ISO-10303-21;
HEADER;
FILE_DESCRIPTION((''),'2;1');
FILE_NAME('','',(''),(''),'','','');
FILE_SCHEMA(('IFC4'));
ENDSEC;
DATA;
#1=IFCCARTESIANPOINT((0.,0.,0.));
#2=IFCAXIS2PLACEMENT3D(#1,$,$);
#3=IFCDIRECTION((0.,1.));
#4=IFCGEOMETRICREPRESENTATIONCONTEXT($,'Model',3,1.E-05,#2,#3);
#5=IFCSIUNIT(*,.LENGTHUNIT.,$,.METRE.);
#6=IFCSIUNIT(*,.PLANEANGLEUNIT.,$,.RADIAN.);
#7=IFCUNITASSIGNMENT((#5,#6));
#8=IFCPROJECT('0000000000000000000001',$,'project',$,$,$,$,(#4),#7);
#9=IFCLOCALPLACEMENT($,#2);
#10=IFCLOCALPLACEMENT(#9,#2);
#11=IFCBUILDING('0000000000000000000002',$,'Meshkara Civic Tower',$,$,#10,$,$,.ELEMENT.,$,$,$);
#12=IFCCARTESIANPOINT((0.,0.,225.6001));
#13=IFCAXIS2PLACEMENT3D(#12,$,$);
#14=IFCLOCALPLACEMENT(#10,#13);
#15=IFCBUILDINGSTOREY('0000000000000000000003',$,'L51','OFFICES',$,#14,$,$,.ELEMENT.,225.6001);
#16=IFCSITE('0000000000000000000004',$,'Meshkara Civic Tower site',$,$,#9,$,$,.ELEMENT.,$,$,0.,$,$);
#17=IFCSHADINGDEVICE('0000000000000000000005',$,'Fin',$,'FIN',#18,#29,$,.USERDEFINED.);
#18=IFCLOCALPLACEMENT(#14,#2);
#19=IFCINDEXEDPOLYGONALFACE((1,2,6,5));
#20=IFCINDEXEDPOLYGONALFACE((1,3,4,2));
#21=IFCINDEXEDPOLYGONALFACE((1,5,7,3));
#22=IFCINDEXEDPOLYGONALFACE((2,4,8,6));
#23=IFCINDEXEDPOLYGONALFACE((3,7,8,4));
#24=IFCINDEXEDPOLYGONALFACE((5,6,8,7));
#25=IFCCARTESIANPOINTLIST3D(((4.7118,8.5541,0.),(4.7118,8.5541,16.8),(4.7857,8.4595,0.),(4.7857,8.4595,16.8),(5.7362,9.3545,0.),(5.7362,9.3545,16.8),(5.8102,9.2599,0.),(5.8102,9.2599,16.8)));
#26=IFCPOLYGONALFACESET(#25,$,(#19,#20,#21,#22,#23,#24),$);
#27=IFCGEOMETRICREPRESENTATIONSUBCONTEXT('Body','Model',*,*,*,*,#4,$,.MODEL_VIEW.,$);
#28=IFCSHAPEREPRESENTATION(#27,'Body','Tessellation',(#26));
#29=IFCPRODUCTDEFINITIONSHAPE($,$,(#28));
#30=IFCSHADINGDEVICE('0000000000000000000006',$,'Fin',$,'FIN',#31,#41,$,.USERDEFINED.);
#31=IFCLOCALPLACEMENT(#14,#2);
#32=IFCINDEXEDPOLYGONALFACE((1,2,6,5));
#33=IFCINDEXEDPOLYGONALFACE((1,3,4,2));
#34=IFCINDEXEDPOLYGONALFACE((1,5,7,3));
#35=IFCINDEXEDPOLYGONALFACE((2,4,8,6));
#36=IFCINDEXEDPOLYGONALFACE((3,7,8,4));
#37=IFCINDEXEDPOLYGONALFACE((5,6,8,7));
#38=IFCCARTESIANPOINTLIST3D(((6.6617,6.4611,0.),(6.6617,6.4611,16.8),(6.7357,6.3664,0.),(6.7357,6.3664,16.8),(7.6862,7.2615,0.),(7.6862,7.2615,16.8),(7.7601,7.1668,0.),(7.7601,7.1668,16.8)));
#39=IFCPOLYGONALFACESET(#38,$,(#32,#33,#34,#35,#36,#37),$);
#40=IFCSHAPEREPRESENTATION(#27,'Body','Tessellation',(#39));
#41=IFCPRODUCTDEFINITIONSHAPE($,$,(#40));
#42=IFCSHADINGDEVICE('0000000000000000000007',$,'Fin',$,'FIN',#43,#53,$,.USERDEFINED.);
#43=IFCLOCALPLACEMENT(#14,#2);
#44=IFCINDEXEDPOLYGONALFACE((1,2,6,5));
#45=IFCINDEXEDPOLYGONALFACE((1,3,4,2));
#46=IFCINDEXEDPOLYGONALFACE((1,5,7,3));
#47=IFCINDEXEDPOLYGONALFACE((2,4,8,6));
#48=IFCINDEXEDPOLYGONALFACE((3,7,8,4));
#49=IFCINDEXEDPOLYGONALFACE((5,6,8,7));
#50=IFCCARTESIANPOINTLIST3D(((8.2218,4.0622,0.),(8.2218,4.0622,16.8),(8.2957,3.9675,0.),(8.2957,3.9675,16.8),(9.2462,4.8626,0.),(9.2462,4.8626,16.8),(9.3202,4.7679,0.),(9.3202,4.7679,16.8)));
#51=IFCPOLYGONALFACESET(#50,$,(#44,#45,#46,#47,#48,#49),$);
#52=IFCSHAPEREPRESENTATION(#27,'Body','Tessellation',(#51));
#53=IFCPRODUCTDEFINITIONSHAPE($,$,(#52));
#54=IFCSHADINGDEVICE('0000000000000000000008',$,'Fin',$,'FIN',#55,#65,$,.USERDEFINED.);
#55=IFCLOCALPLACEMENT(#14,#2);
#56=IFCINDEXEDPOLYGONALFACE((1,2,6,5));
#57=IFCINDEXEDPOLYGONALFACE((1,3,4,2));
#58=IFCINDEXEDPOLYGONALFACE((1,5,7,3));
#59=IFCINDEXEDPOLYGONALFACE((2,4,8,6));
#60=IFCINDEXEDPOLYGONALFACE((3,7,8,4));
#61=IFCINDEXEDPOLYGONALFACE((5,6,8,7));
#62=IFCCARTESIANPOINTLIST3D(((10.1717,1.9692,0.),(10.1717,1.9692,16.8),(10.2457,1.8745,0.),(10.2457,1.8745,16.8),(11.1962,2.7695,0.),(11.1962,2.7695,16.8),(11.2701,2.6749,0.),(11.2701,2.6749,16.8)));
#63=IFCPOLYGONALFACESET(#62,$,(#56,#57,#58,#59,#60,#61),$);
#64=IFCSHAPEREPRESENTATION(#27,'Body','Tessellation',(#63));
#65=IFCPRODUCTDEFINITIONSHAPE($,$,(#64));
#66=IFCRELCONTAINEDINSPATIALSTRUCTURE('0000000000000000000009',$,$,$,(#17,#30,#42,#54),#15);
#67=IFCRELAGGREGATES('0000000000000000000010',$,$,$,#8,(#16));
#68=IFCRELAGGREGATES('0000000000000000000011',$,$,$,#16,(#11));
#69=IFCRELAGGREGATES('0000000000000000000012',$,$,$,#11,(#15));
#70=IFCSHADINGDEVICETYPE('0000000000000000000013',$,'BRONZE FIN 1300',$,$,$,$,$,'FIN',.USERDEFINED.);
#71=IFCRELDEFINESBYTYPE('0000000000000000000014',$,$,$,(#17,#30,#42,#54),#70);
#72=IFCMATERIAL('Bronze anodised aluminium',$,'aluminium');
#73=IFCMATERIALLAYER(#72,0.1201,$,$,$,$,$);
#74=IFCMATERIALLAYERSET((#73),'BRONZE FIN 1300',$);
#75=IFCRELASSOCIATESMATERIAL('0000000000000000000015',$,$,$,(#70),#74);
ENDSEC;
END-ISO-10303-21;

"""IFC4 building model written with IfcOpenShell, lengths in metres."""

from ifc_helpers import new_model, si_unit, direction, frame, origin, origin_2d, place, context, subcontext, project, spatial, rectangle, extrude, material, layer, layer_set, type_object, element, save


model = new_model("IFC4")

# Units and contexts
model_context = context("Model", 3, precision=1e-05, world=origin(), true_north=direction((0.0, 1.0)))
body_context = subcontext(model_context, "Body", "Model", "MODEL_VIEW")
ifc_project = project(units=[si_unit("LENGTHUNIT", "METRE"), si_unit("PLANEANGLEUNIT", "RADIAN")], contexts=[model_context])

# Site, building, storey
site_placement = place(None, origin())
site = spatial("IfcSite", under=ifc_project, at=site_placement, Name="Meshkara Civic Tower site", CompositionType="ELEMENT", RefElevation=0.0)
building_placement = place(site_placement, origin())
building = spatial("IfcBuilding", under=site, at=building_placement, Name="Meshkara Civic Tower", CompositionType="ELEMENT")
storey_placement = place(building_placement, frame((0.0, 0.0, 225.6001)))
storey = spatial("IfcBuildingStorey", under=building, at=storey_placement, Name="L51", Description="OFFICES", CompositionType="ELEMENT", Elevation=225.6001)

# Shading devices
ifc_material_1 = material(Name="Bronze anodised aluminium", Category="aluminium")
ifc_layer_1 = layer(ifc_material_1, 0.1201)
ifc_layer_set_1 = layer_set([ifc_layer_1], Name="BRONZE FIN 1300")
shading_device_type = type_object("IfcShadingDeviceType", Name="BRONZE FIN 1300", ElementType="FIN", PredefinedType="USERDEFINED", material=ifc_layer_set_1)
for number, where, z_axis, x_axis, name in (
    (1, (5.261, 8.907, 0.0), (0.0, 0.0, 1.0), (0.615661, -0.788011, 0.0), "Fin"),
    (2, (7.2109, 6.814, 0.0), (0.0, 0.0, 1.0), (0.615661, -0.788011, 0.0), "Fin"),
    (3, (8.771, 4.415, 0.0), (0.0, 0.0, 1.0), (0.615661, -0.788011, 0.0), "Fin"),
    (4, (10.7209, 2.322, 0.0), (0.0, 0.0, 1.0), (0.615661, -0.788011, 0.0), "Fin"),
):
    element("IfcShadingDevice", number, at=place(storey_placement, frame(where, z_axis=z_axis, x_axis=x_axis)), inside=storey, type_object=shading_device_type, Name=name, ObjectType="FIN", PredefinedType="USERDEFINED", context=body_context, shape_type="SweptSolid", body=[
        extrude(rectangle(XDim=0.1201, YDim=1.3, at=origin_2d()), origin(), (0.0, 0.0, 1.0), 16.8),
    ])

save(model, "model.ifc")
